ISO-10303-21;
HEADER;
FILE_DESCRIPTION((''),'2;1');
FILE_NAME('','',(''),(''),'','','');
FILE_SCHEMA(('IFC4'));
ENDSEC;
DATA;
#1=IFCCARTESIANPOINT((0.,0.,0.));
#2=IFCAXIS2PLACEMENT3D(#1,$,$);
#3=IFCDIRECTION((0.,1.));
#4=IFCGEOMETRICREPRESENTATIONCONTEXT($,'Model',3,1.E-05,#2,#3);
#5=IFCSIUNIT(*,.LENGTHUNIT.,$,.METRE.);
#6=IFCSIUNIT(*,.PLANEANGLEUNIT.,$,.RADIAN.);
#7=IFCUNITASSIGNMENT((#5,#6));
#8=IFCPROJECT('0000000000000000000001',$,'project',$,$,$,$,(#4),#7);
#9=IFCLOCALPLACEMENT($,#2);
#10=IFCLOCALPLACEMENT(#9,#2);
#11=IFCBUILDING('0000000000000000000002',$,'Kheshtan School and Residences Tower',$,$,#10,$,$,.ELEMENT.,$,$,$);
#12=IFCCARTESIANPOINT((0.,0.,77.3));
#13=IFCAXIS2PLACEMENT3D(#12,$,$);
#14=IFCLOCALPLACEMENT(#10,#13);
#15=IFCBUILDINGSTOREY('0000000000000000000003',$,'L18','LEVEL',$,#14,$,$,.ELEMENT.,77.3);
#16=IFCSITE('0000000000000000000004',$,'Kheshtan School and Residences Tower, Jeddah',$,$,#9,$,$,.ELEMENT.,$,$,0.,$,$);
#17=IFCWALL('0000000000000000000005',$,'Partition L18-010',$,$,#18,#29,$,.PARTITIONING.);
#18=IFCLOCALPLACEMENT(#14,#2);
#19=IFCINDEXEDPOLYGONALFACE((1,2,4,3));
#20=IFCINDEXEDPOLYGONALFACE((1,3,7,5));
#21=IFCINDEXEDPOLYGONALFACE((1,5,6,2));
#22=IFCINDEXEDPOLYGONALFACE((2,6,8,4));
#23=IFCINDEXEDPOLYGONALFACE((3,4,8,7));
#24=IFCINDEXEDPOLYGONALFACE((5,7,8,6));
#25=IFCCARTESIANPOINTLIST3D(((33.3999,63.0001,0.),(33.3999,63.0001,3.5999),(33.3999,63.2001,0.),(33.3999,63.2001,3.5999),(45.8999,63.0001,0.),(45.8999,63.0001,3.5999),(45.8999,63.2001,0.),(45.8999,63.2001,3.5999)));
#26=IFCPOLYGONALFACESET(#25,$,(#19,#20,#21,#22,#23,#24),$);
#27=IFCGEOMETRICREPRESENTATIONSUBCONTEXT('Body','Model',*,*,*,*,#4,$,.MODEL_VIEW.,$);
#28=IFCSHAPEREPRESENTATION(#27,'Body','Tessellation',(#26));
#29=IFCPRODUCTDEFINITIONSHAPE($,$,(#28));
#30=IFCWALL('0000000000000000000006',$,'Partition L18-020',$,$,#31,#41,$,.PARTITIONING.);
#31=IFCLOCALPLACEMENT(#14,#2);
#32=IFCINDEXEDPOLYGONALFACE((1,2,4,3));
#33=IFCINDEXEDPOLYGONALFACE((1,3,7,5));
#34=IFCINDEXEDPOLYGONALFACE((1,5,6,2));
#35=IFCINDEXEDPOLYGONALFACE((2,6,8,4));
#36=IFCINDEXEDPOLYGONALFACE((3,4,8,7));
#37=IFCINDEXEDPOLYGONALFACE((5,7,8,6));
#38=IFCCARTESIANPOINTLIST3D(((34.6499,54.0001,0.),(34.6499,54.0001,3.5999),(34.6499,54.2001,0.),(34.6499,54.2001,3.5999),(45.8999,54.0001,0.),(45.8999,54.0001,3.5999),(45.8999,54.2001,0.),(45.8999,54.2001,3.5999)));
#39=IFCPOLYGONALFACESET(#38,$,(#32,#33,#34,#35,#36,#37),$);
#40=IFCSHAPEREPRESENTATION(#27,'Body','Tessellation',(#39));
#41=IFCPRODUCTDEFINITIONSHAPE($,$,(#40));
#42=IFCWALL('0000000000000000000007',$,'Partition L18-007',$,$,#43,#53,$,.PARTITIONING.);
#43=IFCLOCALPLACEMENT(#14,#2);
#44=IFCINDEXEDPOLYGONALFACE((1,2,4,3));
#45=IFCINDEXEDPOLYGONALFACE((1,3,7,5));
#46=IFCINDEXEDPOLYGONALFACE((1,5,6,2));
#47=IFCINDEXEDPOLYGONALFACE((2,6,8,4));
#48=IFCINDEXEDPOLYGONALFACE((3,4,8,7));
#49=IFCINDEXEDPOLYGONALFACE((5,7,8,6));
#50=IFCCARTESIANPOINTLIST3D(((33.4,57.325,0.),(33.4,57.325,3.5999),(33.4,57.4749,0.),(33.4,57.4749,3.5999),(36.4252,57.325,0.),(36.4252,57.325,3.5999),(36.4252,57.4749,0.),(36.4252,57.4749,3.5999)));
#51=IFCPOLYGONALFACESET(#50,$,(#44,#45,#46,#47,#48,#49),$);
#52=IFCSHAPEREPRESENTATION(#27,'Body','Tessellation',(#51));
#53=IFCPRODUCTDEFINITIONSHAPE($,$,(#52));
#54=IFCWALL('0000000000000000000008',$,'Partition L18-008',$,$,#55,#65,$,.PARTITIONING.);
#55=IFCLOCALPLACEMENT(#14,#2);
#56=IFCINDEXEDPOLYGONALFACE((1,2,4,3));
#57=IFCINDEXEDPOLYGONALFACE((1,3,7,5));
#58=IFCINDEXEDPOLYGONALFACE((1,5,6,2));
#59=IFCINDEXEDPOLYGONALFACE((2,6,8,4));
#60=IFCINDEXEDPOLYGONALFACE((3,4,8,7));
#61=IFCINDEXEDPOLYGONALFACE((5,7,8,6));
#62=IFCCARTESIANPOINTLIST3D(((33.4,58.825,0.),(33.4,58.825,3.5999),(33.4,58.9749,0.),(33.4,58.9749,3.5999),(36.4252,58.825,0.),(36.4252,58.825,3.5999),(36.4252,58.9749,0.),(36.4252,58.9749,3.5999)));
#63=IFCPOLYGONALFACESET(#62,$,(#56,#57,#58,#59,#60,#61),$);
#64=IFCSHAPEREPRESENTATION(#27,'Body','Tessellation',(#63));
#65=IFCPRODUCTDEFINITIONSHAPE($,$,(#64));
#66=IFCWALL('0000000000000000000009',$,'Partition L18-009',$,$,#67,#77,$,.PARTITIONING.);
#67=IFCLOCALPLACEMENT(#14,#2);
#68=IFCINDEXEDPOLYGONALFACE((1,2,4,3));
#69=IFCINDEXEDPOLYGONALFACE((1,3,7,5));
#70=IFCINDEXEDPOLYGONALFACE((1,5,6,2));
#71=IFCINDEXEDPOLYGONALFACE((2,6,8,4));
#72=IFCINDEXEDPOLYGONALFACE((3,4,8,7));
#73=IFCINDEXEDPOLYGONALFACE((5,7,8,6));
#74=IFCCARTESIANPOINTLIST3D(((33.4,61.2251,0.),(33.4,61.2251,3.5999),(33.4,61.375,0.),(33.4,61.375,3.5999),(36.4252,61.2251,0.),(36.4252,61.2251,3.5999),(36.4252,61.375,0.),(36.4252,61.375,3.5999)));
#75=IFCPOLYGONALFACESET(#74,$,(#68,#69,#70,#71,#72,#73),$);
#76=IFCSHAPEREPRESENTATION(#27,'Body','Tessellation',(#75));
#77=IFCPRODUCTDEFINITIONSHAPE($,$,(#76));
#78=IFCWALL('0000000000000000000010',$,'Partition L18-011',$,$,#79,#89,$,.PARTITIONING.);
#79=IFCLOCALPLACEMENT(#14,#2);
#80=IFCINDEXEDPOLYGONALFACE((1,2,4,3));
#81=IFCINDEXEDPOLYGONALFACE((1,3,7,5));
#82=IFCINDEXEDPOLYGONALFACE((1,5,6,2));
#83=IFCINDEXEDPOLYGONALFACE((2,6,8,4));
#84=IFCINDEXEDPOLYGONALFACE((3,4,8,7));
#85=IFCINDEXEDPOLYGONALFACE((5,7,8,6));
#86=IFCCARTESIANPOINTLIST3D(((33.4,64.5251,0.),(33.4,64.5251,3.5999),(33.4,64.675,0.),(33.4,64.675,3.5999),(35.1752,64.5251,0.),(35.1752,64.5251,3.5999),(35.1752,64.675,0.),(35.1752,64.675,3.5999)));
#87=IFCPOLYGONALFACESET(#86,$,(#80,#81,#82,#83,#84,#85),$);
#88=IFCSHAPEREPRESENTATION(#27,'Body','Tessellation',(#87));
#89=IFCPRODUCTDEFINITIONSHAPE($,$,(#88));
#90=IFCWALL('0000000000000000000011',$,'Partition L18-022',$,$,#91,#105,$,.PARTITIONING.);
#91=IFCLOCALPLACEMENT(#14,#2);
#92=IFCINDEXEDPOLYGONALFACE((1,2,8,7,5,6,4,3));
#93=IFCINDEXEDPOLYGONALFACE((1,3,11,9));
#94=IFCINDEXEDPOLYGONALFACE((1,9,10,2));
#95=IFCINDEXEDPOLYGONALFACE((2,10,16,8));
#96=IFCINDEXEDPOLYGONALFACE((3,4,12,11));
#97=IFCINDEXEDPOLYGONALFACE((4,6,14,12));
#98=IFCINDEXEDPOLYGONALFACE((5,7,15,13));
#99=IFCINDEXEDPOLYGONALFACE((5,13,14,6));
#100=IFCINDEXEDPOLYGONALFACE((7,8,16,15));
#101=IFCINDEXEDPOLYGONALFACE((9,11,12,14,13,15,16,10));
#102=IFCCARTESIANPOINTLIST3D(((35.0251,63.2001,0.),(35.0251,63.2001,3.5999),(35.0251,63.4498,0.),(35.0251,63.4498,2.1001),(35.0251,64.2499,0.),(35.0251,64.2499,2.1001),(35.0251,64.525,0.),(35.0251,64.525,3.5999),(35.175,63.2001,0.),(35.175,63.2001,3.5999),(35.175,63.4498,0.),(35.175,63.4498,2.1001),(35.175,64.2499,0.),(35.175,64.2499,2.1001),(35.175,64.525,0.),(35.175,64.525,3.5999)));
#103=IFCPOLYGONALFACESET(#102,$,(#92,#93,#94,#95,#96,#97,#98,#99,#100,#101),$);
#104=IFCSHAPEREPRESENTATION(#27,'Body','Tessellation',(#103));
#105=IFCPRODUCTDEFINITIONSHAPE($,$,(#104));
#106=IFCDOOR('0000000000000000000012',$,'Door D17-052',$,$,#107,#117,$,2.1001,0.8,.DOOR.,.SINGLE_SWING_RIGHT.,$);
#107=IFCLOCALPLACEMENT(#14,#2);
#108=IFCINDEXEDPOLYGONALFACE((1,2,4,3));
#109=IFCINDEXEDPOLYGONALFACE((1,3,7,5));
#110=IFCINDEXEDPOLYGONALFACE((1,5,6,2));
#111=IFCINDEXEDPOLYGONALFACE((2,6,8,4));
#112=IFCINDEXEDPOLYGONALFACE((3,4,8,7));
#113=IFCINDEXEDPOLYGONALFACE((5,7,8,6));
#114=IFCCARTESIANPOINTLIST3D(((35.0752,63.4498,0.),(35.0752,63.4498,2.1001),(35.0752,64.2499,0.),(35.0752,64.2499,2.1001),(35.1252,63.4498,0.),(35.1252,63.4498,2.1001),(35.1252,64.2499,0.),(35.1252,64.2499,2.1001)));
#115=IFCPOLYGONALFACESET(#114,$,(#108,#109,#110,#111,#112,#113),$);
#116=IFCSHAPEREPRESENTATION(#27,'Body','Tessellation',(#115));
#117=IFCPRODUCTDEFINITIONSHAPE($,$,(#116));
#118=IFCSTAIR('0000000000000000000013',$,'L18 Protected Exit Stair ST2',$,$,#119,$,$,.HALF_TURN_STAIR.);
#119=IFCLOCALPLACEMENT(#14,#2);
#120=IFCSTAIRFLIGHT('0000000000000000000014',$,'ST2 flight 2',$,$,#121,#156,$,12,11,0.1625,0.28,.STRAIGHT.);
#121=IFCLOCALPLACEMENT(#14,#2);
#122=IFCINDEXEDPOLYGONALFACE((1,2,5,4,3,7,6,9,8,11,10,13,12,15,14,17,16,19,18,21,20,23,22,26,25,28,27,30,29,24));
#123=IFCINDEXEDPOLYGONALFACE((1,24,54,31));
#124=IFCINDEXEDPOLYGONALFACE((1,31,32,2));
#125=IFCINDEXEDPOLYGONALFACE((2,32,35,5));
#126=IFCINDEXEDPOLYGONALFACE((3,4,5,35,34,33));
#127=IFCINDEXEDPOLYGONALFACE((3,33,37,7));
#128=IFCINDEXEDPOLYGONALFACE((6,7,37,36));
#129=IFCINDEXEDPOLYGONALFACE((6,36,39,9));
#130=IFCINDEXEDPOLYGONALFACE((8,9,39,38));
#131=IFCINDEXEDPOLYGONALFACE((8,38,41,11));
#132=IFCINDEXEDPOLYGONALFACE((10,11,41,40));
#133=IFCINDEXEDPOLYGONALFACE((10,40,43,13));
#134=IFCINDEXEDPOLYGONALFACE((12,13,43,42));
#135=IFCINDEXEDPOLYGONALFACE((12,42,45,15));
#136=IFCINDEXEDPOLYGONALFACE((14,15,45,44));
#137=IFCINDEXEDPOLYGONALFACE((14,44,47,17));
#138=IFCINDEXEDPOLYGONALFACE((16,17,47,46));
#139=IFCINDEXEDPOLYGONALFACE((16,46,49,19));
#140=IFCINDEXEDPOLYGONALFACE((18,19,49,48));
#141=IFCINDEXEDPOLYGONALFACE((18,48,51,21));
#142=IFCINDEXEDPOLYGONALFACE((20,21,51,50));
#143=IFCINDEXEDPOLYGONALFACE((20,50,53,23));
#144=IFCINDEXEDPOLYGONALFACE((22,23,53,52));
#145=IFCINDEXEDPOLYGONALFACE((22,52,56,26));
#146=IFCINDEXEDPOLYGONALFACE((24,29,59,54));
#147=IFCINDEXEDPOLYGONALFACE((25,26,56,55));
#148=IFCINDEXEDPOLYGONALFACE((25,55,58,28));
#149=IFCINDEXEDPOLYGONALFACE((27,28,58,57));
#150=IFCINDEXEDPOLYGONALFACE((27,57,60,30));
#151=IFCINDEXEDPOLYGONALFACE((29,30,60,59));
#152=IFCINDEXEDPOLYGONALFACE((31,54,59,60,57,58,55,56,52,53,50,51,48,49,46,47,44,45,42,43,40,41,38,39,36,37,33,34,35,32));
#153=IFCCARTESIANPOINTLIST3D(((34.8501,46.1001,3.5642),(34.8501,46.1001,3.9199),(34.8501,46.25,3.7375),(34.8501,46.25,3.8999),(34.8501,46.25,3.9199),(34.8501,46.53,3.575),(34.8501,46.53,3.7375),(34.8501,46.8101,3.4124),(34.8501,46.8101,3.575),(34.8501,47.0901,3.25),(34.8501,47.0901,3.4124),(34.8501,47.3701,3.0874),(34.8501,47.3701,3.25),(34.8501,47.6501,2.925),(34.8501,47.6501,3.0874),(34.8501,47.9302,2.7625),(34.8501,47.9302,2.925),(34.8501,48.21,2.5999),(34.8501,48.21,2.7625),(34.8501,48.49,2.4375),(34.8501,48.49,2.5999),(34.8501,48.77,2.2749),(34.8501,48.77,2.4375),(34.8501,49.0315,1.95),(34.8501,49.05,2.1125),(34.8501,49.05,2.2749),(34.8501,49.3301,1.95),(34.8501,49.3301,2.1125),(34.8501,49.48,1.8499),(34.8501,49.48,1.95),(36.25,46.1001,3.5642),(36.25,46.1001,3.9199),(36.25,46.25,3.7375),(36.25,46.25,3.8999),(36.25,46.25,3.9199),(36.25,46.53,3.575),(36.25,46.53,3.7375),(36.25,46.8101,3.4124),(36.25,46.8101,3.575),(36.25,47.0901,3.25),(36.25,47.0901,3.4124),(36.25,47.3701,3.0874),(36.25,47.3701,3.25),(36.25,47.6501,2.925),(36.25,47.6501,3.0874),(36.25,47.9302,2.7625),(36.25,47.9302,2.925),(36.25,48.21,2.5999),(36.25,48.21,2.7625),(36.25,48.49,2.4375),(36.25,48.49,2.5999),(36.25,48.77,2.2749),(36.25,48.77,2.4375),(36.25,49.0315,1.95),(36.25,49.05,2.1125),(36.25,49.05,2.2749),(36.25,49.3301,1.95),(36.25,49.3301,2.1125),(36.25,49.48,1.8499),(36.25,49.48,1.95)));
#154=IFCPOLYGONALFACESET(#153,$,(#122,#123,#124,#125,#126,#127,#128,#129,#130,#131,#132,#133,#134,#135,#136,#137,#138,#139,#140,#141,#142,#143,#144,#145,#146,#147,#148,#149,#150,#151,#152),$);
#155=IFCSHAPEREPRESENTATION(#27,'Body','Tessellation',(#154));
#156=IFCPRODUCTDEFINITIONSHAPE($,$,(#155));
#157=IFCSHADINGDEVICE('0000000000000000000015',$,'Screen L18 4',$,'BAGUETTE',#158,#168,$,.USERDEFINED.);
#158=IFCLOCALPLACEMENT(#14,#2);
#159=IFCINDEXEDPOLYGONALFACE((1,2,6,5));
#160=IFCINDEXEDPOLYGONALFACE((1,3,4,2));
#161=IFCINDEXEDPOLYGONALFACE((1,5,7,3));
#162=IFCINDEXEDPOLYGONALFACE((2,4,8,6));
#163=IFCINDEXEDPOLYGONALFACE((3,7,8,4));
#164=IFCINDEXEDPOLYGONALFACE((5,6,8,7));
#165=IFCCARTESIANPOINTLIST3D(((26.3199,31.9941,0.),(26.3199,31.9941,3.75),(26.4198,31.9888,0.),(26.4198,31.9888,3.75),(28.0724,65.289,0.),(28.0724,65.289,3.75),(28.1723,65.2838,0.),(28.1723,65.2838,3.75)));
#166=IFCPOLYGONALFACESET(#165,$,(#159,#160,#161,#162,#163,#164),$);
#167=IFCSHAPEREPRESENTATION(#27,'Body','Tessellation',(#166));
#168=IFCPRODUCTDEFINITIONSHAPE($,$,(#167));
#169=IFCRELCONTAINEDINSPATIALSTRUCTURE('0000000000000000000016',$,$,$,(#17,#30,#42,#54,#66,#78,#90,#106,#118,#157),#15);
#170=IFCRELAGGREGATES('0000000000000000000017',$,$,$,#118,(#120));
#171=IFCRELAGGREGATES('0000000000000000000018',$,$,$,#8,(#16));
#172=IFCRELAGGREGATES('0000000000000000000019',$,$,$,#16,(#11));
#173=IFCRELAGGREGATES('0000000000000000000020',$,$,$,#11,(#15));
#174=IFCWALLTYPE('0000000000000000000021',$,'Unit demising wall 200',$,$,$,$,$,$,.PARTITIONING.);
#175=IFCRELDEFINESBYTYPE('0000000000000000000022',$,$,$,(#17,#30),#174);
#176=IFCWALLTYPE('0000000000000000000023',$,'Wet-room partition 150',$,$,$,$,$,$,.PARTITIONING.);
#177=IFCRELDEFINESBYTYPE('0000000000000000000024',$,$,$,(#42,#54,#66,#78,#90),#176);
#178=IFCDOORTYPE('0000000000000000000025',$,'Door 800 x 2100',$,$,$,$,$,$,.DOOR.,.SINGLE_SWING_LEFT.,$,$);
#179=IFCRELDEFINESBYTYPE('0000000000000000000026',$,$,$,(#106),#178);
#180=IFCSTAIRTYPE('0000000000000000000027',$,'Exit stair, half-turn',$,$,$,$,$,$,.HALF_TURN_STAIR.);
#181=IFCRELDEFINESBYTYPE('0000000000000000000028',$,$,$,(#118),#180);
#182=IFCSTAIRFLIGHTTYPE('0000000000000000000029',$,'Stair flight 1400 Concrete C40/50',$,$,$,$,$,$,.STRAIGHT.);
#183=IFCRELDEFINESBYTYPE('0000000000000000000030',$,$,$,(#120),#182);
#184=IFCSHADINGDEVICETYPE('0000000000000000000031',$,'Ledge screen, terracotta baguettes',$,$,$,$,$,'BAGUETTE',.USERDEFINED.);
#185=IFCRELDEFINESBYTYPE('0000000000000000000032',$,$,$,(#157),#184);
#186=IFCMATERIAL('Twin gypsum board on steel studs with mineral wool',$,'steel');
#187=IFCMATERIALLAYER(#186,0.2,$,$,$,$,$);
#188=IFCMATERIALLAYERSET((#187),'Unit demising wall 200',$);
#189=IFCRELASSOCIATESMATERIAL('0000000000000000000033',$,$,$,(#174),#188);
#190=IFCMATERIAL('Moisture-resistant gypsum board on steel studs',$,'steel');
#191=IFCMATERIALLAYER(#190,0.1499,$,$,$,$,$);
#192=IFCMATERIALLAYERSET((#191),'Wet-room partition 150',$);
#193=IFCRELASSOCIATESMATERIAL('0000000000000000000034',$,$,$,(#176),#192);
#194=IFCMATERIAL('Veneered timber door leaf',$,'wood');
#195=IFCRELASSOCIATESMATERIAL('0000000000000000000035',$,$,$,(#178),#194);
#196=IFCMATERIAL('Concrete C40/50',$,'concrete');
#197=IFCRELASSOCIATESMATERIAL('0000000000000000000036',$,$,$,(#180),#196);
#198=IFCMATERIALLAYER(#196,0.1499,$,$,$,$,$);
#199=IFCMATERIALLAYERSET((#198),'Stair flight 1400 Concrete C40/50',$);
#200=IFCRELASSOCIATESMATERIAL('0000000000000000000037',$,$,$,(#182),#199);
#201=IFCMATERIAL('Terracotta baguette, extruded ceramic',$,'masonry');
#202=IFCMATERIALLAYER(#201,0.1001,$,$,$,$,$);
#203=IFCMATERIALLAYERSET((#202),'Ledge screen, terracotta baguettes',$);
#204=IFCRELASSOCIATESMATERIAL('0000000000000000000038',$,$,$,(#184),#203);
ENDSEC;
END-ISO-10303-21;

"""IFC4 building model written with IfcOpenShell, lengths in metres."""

from ifc_helpers import new_model, si_unit, direction, frame, frame_2d, origin, origin_2d, place, context, subcontext, project, spatial, polyline, rectangle, outline, extrude, source, transform, mapped, material, layer, layer_set, type_object, element, fill, aggregate, save


model = new_model("IFC4")

# Units and contexts
model_context = context("Model", 3, precision=1e-05, world=origin(), true_north=direction((0.0, 1.0)))
body_context = subcontext(model_context, "Body", "Model", "MODEL_VIEW")
ifc_project = project(units=[si_unit("LENGTHUNIT", "METRE"), si_unit("PLANEANGLEUNIT", "RADIAN")], contexts=[model_context])

# Site, building, storey
site_placement = place(None, origin())
site = spatial("IfcSite", under=ifc_project, at=site_placement, Name="Kheshtan School and Residences Tower, Jeddah", CompositionType="ELEMENT", RefElevation=0.0)
building_placement = place(site_placement, origin())
building = spatial("IfcBuilding", under=site, at=building_placement, Name="Kheshtan School and Residences Tower", CompositionType="ELEMENT")
storey_placement = place(building_placement, frame((0.0, 0.0, 77.3)))
storey = spatial("IfcBuildingStorey", under=building, at=storey_placement, Name="L18", Description="LEVEL", CompositionType="ELEMENT", Elevation=77.3)

# Walls
ifc_material_1 = material(Name="Concrete C40/50", Category="concrete")
ifc_material_2 = material(Name="Twin gypsum board on steel studs with mineral wool", Category="steel")
ifc_layer_1 = layer(ifc_material_2, 0.2)
ifc_layer_set_1 = layer_set([ifc_layer_1], Name="Unit demising wall 200")
wall_type_1 = type_object("IfcWallType", Name="Unit demising wall 200", PredefinedType="PARTITIONING", material=ifc_layer_set_1)
wall_1_placement = place(storey_placement, frame((33.3999, 63.1001, 0.0), z_axis=(0.0, 0.0, 1.0), x_axis=(1.0, 0.0, 0.0)))
element("IfcWall", 1, at=wall_1_placement, inside=storey, type_object=wall_type_1, Name="Partition L18-010", PredefinedType="PARTITIONING", context=body_context, shape_type="SweptSolid", body=[
    extrude(rectangle(XDim=12.5, YDim=0.2, at=frame_2d((6.25, 0.0))), origin(), (0.0, 0.0, 1.0), 3.5999),
])
wall_2_placement = place(storey_placement, frame((34.6499, 54.1001, 0.0), z_axis=(0.0, 0.0, 1.0), x_axis=(1.0, 0.0, 0.0)))
element("IfcWall", 2, at=wall_2_placement, inside=storey, type_object=wall_type_1, Name="Partition L18-020", PredefinedType="PARTITIONING", context=body_context, shape_type="SweptSolid", body=[
    extrude(rectangle(XDim=11.25, YDim=0.2, at=frame_2d((5.625, 0.0))), origin(), (0.0, 0.0, 1.0), 3.5999),
])
ifc_material_3 = material(Name="Moisture-resistant gypsum board on steel studs", Category="steel")
ifc_layer_2 = layer(ifc_material_3, 0.1499)
ifc_layer_set_2 = layer_set([ifc_layer_2], Name="Wet-room partition 150")
wall_type_2 = type_object("IfcWallType", Name="Wet-room partition 150", PredefinedType="PARTITIONING", material=ifc_layer_set_2)
for number, where, z_axis, x_axis, name in (
    (3, (33.3999, 57.3999, 0.0), (0.0, 0.0, 1.0), (1.0, 0.0, 0.0), "Partition L18-007"),
    (4, (33.3999, 58.8999, 0.0), (0.0, 0.0, 1.0), (1.0, 0.0, 0.0), "Partition L18-008"),
    (5, (33.3999, 61.3, 0.0), (0.0, 0.0, 1.0), (1.0, 0.0, 0.0), "Partition L18-009"),
):
    element("IfcWall", number, at=place(storey_placement, frame(where, z_axis=z_axis, x_axis=x_axis)), inside=storey, type_object=wall_type_2, Name=name, PredefinedType="PARTITIONING", context=body_context, shape_type="SweptSolid", body=[
        extrude(rectangle(XDim=3.0251, YDim=0.1499, at=frame_2d((1.5127, 0.0))), origin(), (0.0, 0.0, 1.0), 3.5999),
    ])
wall_3_placement = place(storey_placement, frame((33.3999, 64.6001, 0.0), z_axis=(0.0, 0.0, 1.0), x_axis=(1.0, 0.0, 0.0)))
element("IfcWall", 6, at=wall_3_placement, inside=storey, type_object=wall_type_2, Name="Partition L18-011", PredefinedType="PARTITIONING", context=body_context, shape_type="SweptSolid", body=[
    extrude(rectangle(XDim=1.7751, YDim=0.1499, at=frame_2d((0.8877, 0.0))), origin(), (0.0, 0.0, 1.0), 3.5999),
])

# Wall, opening, door
wall_4_placement = place(storey_placement, frame((35.1001, 63.2, 0.0), z_axis=(0.0, 0.0, 1.0), x_axis=(0.0, 1.0, 0.0)))
wall_4 = element("IfcWall", 7, at=wall_4_placement, inside=storey, type_object=wall_type_2, Name="Partition L18-022", PredefinedType="PARTITIONING", context=body_context, shape_type="SweptSolid", body=[
    extrude(rectangle(XDim=1.325, YDim=0.1499, at=frame_2d((0.6626, 0.0))), origin(), (0.0, 0.0, 1.0), 3.5999),
])
opening_1_placement = place(wall_4_placement, frame((0.25, 0.0, 0.0)))
opening_1 = element("IfcOpeningElement", 8, at=opening_1_placement, cuts=wall_4, PredefinedType="OPENING", context=body_context, shape_type="SweptSolid", body=[
    extrude(rectangle(XDim=0.8, YDim=2.1001, at=frame_2d((0.3999, 1.05))), frame((0.0, 0.085, 0.0), z_axis=(0.0, -1.0, 0.0), x_axis=(1.0, 0.0, 0.0)), (0.0, 0.0, 1.0), 0.1699),
])
ifc_material_4 = material(Name="Veneered timber door leaf", Category="wood")
door_type_1 = type_object("IfcDoorType", Name="Door 800 x 2100", OperationType="SINGLE_SWING_LEFT", PredefinedType="DOOR", material=ifc_material_4)
shared_shape_1 = source(origin(), body_context, "Body", "SweptSolid", [
    extrude(rectangle(XDim=0.8, YDim=2.1001, at=frame_2d((0.3999, 1.05))), frame((0.0, 0.0249, 0.0), z_axis=(0.0, -1.0, 0.0), x_axis=(1.0, 0.0, 0.0)), (0.0, 0.0, 1.0), 0.05),
])
door_1_placement = place(opening_1_placement, origin())
door_1 = element("IfcDoor", 9, at=door_1_placement, inside=storey, type_object=door_type_1, Name="Door D17-052", OperationType="SINGLE_SWING_RIGHT", OverallHeight=2.1001, OverallWidth=0.8, PredefinedType="DOOR", context=body_context, shape_type="MappedRepresentation", body=[
    mapped(shared_shape_1, transform((0.0, 0.0, 0.0), x_axis=(1.0, 0.0, 0.0), y_axis=(0.0, 1.0, 0.0), z_axis=(0.0, 0.0, 1.0), scale=1.0)),
])
fill(opening_1, door_1)

# Stair, stair flight
stair_type = type_object("IfcStairType", Name="Exit stair, half-turn", PredefinedType="HALF_TURN_STAIR", material=ifc_material_1)
stair_placement = place(storey_placement, origin())
stair = element("IfcStair", 10, at=stair_placement, inside=storey, type_object=stair_type, Name="L18 Protected Exit Stair ST2", PredefinedType="HALF_TURN_STAIR")
ifc_layer_3 = layer(ifc_material_1, 0.1499)
ifc_layer_set_3 = layer_set([ifc_layer_3], Name="Stair flight 1400 Concrete C40/50")
stair_flight_type = type_object("IfcStairFlightType", Name="Stair flight 1400 Concrete C40/50", PredefinedType="STRAIGHT", material=ifc_layer_set_3)
stair_flight_placement = place(storey_placement, frame((35.55, 49.3301, 1.95), z_axis=(0.0, 0.0, 1.0), x_axis=(0.0, -1.0, 0.0)))
stair_flight = element("IfcStairFlight", 11, at=stair_flight_placement, type_object=stair_flight_type, Name="ST2 flight 2", NumberOfRisers=12, NumberOfTreads=11, PredefinedType="STRAIGHT", RiserHeight=0.1625, TreadLength=0.28, context=body_context, shape_type="SweptSolid", body=[
    extrude(outline(polyline([(-0.1499, -0.1001), (-0.1499, 0.0), (0.0, 0.0), (0.0, 0.1626), (0.28, 0.1626), (0.28, 0.325), (0.5601, 0.325), (0.5601, 0.4875), (0.8401, 0.4875), (0.8401, 0.6499), (1.1201, 0.6499), (1.1201, 0.8125), (1.3999, 0.8125), (1.3999, 0.9751), (1.6799, 0.9751), (1.6799, 1.1375), (1.96, 1.1375), (1.96, 1.3), (2.24, 1.3), (2.24, 1.4624), (2.52, 1.4624), (2.52, 1.625), (2.8, 1.625), (2.8, 1.7876), (3.0801, 1.7876), (3.0801, 1.95), (3.0801, 1.97), (3.23, 1.97), (3.23, 1.6143), (0.2986, 0.0), (-0.1499, -0.1001)])), frame((0.0, 0.7, 0.0), z_axis=(0.0, -1.0, 0.0), x_axis=(1.0, 0.0, 0.0)), (0.0, 0.0, 1.0), 1.3999),
])
aggregate(stair, [stair_flight])

# Shading device
ifc_material_5 = material(Name="Terracotta baguette, extruded ceramic", Category="masonry")
ifc_layer_4 = layer(ifc_material_5, 0.1001)
ifc_layer_set_4 = layer_set([ifc_layer_4], Name="Ledge screen, terracotta baguettes")
shading_device_type = type_object("IfcShadingDeviceType", Name="Ledge screen, terracotta baguettes", ElementType="BAGUETTE", PredefinedType="USERDEFINED", material=ifc_layer_set_4)
shading_device_placement = place(storey_placement, frame((27.2461, 48.6389, 0.0), z_axis=(0.0, 0.0, 1.0), x_axis=(0.052563, 0.998618, 0.0)))
element("IfcShadingDevice", 12, at=shading_device_placement, inside=storey, type_object=shading_device_type, Name="Screen L18 4", ObjectType="BAGUETTE", PredefinedType="USERDEFINED", context=body_context, shape_type="SweptSolid", body=[
    extrude(rectangle(XDim=33.3411, YDim=0.1001, at=origin_2d()), origin(), (0.0, 0.0, 1.0), 3.75),
])

save(model, "model.ifc")
